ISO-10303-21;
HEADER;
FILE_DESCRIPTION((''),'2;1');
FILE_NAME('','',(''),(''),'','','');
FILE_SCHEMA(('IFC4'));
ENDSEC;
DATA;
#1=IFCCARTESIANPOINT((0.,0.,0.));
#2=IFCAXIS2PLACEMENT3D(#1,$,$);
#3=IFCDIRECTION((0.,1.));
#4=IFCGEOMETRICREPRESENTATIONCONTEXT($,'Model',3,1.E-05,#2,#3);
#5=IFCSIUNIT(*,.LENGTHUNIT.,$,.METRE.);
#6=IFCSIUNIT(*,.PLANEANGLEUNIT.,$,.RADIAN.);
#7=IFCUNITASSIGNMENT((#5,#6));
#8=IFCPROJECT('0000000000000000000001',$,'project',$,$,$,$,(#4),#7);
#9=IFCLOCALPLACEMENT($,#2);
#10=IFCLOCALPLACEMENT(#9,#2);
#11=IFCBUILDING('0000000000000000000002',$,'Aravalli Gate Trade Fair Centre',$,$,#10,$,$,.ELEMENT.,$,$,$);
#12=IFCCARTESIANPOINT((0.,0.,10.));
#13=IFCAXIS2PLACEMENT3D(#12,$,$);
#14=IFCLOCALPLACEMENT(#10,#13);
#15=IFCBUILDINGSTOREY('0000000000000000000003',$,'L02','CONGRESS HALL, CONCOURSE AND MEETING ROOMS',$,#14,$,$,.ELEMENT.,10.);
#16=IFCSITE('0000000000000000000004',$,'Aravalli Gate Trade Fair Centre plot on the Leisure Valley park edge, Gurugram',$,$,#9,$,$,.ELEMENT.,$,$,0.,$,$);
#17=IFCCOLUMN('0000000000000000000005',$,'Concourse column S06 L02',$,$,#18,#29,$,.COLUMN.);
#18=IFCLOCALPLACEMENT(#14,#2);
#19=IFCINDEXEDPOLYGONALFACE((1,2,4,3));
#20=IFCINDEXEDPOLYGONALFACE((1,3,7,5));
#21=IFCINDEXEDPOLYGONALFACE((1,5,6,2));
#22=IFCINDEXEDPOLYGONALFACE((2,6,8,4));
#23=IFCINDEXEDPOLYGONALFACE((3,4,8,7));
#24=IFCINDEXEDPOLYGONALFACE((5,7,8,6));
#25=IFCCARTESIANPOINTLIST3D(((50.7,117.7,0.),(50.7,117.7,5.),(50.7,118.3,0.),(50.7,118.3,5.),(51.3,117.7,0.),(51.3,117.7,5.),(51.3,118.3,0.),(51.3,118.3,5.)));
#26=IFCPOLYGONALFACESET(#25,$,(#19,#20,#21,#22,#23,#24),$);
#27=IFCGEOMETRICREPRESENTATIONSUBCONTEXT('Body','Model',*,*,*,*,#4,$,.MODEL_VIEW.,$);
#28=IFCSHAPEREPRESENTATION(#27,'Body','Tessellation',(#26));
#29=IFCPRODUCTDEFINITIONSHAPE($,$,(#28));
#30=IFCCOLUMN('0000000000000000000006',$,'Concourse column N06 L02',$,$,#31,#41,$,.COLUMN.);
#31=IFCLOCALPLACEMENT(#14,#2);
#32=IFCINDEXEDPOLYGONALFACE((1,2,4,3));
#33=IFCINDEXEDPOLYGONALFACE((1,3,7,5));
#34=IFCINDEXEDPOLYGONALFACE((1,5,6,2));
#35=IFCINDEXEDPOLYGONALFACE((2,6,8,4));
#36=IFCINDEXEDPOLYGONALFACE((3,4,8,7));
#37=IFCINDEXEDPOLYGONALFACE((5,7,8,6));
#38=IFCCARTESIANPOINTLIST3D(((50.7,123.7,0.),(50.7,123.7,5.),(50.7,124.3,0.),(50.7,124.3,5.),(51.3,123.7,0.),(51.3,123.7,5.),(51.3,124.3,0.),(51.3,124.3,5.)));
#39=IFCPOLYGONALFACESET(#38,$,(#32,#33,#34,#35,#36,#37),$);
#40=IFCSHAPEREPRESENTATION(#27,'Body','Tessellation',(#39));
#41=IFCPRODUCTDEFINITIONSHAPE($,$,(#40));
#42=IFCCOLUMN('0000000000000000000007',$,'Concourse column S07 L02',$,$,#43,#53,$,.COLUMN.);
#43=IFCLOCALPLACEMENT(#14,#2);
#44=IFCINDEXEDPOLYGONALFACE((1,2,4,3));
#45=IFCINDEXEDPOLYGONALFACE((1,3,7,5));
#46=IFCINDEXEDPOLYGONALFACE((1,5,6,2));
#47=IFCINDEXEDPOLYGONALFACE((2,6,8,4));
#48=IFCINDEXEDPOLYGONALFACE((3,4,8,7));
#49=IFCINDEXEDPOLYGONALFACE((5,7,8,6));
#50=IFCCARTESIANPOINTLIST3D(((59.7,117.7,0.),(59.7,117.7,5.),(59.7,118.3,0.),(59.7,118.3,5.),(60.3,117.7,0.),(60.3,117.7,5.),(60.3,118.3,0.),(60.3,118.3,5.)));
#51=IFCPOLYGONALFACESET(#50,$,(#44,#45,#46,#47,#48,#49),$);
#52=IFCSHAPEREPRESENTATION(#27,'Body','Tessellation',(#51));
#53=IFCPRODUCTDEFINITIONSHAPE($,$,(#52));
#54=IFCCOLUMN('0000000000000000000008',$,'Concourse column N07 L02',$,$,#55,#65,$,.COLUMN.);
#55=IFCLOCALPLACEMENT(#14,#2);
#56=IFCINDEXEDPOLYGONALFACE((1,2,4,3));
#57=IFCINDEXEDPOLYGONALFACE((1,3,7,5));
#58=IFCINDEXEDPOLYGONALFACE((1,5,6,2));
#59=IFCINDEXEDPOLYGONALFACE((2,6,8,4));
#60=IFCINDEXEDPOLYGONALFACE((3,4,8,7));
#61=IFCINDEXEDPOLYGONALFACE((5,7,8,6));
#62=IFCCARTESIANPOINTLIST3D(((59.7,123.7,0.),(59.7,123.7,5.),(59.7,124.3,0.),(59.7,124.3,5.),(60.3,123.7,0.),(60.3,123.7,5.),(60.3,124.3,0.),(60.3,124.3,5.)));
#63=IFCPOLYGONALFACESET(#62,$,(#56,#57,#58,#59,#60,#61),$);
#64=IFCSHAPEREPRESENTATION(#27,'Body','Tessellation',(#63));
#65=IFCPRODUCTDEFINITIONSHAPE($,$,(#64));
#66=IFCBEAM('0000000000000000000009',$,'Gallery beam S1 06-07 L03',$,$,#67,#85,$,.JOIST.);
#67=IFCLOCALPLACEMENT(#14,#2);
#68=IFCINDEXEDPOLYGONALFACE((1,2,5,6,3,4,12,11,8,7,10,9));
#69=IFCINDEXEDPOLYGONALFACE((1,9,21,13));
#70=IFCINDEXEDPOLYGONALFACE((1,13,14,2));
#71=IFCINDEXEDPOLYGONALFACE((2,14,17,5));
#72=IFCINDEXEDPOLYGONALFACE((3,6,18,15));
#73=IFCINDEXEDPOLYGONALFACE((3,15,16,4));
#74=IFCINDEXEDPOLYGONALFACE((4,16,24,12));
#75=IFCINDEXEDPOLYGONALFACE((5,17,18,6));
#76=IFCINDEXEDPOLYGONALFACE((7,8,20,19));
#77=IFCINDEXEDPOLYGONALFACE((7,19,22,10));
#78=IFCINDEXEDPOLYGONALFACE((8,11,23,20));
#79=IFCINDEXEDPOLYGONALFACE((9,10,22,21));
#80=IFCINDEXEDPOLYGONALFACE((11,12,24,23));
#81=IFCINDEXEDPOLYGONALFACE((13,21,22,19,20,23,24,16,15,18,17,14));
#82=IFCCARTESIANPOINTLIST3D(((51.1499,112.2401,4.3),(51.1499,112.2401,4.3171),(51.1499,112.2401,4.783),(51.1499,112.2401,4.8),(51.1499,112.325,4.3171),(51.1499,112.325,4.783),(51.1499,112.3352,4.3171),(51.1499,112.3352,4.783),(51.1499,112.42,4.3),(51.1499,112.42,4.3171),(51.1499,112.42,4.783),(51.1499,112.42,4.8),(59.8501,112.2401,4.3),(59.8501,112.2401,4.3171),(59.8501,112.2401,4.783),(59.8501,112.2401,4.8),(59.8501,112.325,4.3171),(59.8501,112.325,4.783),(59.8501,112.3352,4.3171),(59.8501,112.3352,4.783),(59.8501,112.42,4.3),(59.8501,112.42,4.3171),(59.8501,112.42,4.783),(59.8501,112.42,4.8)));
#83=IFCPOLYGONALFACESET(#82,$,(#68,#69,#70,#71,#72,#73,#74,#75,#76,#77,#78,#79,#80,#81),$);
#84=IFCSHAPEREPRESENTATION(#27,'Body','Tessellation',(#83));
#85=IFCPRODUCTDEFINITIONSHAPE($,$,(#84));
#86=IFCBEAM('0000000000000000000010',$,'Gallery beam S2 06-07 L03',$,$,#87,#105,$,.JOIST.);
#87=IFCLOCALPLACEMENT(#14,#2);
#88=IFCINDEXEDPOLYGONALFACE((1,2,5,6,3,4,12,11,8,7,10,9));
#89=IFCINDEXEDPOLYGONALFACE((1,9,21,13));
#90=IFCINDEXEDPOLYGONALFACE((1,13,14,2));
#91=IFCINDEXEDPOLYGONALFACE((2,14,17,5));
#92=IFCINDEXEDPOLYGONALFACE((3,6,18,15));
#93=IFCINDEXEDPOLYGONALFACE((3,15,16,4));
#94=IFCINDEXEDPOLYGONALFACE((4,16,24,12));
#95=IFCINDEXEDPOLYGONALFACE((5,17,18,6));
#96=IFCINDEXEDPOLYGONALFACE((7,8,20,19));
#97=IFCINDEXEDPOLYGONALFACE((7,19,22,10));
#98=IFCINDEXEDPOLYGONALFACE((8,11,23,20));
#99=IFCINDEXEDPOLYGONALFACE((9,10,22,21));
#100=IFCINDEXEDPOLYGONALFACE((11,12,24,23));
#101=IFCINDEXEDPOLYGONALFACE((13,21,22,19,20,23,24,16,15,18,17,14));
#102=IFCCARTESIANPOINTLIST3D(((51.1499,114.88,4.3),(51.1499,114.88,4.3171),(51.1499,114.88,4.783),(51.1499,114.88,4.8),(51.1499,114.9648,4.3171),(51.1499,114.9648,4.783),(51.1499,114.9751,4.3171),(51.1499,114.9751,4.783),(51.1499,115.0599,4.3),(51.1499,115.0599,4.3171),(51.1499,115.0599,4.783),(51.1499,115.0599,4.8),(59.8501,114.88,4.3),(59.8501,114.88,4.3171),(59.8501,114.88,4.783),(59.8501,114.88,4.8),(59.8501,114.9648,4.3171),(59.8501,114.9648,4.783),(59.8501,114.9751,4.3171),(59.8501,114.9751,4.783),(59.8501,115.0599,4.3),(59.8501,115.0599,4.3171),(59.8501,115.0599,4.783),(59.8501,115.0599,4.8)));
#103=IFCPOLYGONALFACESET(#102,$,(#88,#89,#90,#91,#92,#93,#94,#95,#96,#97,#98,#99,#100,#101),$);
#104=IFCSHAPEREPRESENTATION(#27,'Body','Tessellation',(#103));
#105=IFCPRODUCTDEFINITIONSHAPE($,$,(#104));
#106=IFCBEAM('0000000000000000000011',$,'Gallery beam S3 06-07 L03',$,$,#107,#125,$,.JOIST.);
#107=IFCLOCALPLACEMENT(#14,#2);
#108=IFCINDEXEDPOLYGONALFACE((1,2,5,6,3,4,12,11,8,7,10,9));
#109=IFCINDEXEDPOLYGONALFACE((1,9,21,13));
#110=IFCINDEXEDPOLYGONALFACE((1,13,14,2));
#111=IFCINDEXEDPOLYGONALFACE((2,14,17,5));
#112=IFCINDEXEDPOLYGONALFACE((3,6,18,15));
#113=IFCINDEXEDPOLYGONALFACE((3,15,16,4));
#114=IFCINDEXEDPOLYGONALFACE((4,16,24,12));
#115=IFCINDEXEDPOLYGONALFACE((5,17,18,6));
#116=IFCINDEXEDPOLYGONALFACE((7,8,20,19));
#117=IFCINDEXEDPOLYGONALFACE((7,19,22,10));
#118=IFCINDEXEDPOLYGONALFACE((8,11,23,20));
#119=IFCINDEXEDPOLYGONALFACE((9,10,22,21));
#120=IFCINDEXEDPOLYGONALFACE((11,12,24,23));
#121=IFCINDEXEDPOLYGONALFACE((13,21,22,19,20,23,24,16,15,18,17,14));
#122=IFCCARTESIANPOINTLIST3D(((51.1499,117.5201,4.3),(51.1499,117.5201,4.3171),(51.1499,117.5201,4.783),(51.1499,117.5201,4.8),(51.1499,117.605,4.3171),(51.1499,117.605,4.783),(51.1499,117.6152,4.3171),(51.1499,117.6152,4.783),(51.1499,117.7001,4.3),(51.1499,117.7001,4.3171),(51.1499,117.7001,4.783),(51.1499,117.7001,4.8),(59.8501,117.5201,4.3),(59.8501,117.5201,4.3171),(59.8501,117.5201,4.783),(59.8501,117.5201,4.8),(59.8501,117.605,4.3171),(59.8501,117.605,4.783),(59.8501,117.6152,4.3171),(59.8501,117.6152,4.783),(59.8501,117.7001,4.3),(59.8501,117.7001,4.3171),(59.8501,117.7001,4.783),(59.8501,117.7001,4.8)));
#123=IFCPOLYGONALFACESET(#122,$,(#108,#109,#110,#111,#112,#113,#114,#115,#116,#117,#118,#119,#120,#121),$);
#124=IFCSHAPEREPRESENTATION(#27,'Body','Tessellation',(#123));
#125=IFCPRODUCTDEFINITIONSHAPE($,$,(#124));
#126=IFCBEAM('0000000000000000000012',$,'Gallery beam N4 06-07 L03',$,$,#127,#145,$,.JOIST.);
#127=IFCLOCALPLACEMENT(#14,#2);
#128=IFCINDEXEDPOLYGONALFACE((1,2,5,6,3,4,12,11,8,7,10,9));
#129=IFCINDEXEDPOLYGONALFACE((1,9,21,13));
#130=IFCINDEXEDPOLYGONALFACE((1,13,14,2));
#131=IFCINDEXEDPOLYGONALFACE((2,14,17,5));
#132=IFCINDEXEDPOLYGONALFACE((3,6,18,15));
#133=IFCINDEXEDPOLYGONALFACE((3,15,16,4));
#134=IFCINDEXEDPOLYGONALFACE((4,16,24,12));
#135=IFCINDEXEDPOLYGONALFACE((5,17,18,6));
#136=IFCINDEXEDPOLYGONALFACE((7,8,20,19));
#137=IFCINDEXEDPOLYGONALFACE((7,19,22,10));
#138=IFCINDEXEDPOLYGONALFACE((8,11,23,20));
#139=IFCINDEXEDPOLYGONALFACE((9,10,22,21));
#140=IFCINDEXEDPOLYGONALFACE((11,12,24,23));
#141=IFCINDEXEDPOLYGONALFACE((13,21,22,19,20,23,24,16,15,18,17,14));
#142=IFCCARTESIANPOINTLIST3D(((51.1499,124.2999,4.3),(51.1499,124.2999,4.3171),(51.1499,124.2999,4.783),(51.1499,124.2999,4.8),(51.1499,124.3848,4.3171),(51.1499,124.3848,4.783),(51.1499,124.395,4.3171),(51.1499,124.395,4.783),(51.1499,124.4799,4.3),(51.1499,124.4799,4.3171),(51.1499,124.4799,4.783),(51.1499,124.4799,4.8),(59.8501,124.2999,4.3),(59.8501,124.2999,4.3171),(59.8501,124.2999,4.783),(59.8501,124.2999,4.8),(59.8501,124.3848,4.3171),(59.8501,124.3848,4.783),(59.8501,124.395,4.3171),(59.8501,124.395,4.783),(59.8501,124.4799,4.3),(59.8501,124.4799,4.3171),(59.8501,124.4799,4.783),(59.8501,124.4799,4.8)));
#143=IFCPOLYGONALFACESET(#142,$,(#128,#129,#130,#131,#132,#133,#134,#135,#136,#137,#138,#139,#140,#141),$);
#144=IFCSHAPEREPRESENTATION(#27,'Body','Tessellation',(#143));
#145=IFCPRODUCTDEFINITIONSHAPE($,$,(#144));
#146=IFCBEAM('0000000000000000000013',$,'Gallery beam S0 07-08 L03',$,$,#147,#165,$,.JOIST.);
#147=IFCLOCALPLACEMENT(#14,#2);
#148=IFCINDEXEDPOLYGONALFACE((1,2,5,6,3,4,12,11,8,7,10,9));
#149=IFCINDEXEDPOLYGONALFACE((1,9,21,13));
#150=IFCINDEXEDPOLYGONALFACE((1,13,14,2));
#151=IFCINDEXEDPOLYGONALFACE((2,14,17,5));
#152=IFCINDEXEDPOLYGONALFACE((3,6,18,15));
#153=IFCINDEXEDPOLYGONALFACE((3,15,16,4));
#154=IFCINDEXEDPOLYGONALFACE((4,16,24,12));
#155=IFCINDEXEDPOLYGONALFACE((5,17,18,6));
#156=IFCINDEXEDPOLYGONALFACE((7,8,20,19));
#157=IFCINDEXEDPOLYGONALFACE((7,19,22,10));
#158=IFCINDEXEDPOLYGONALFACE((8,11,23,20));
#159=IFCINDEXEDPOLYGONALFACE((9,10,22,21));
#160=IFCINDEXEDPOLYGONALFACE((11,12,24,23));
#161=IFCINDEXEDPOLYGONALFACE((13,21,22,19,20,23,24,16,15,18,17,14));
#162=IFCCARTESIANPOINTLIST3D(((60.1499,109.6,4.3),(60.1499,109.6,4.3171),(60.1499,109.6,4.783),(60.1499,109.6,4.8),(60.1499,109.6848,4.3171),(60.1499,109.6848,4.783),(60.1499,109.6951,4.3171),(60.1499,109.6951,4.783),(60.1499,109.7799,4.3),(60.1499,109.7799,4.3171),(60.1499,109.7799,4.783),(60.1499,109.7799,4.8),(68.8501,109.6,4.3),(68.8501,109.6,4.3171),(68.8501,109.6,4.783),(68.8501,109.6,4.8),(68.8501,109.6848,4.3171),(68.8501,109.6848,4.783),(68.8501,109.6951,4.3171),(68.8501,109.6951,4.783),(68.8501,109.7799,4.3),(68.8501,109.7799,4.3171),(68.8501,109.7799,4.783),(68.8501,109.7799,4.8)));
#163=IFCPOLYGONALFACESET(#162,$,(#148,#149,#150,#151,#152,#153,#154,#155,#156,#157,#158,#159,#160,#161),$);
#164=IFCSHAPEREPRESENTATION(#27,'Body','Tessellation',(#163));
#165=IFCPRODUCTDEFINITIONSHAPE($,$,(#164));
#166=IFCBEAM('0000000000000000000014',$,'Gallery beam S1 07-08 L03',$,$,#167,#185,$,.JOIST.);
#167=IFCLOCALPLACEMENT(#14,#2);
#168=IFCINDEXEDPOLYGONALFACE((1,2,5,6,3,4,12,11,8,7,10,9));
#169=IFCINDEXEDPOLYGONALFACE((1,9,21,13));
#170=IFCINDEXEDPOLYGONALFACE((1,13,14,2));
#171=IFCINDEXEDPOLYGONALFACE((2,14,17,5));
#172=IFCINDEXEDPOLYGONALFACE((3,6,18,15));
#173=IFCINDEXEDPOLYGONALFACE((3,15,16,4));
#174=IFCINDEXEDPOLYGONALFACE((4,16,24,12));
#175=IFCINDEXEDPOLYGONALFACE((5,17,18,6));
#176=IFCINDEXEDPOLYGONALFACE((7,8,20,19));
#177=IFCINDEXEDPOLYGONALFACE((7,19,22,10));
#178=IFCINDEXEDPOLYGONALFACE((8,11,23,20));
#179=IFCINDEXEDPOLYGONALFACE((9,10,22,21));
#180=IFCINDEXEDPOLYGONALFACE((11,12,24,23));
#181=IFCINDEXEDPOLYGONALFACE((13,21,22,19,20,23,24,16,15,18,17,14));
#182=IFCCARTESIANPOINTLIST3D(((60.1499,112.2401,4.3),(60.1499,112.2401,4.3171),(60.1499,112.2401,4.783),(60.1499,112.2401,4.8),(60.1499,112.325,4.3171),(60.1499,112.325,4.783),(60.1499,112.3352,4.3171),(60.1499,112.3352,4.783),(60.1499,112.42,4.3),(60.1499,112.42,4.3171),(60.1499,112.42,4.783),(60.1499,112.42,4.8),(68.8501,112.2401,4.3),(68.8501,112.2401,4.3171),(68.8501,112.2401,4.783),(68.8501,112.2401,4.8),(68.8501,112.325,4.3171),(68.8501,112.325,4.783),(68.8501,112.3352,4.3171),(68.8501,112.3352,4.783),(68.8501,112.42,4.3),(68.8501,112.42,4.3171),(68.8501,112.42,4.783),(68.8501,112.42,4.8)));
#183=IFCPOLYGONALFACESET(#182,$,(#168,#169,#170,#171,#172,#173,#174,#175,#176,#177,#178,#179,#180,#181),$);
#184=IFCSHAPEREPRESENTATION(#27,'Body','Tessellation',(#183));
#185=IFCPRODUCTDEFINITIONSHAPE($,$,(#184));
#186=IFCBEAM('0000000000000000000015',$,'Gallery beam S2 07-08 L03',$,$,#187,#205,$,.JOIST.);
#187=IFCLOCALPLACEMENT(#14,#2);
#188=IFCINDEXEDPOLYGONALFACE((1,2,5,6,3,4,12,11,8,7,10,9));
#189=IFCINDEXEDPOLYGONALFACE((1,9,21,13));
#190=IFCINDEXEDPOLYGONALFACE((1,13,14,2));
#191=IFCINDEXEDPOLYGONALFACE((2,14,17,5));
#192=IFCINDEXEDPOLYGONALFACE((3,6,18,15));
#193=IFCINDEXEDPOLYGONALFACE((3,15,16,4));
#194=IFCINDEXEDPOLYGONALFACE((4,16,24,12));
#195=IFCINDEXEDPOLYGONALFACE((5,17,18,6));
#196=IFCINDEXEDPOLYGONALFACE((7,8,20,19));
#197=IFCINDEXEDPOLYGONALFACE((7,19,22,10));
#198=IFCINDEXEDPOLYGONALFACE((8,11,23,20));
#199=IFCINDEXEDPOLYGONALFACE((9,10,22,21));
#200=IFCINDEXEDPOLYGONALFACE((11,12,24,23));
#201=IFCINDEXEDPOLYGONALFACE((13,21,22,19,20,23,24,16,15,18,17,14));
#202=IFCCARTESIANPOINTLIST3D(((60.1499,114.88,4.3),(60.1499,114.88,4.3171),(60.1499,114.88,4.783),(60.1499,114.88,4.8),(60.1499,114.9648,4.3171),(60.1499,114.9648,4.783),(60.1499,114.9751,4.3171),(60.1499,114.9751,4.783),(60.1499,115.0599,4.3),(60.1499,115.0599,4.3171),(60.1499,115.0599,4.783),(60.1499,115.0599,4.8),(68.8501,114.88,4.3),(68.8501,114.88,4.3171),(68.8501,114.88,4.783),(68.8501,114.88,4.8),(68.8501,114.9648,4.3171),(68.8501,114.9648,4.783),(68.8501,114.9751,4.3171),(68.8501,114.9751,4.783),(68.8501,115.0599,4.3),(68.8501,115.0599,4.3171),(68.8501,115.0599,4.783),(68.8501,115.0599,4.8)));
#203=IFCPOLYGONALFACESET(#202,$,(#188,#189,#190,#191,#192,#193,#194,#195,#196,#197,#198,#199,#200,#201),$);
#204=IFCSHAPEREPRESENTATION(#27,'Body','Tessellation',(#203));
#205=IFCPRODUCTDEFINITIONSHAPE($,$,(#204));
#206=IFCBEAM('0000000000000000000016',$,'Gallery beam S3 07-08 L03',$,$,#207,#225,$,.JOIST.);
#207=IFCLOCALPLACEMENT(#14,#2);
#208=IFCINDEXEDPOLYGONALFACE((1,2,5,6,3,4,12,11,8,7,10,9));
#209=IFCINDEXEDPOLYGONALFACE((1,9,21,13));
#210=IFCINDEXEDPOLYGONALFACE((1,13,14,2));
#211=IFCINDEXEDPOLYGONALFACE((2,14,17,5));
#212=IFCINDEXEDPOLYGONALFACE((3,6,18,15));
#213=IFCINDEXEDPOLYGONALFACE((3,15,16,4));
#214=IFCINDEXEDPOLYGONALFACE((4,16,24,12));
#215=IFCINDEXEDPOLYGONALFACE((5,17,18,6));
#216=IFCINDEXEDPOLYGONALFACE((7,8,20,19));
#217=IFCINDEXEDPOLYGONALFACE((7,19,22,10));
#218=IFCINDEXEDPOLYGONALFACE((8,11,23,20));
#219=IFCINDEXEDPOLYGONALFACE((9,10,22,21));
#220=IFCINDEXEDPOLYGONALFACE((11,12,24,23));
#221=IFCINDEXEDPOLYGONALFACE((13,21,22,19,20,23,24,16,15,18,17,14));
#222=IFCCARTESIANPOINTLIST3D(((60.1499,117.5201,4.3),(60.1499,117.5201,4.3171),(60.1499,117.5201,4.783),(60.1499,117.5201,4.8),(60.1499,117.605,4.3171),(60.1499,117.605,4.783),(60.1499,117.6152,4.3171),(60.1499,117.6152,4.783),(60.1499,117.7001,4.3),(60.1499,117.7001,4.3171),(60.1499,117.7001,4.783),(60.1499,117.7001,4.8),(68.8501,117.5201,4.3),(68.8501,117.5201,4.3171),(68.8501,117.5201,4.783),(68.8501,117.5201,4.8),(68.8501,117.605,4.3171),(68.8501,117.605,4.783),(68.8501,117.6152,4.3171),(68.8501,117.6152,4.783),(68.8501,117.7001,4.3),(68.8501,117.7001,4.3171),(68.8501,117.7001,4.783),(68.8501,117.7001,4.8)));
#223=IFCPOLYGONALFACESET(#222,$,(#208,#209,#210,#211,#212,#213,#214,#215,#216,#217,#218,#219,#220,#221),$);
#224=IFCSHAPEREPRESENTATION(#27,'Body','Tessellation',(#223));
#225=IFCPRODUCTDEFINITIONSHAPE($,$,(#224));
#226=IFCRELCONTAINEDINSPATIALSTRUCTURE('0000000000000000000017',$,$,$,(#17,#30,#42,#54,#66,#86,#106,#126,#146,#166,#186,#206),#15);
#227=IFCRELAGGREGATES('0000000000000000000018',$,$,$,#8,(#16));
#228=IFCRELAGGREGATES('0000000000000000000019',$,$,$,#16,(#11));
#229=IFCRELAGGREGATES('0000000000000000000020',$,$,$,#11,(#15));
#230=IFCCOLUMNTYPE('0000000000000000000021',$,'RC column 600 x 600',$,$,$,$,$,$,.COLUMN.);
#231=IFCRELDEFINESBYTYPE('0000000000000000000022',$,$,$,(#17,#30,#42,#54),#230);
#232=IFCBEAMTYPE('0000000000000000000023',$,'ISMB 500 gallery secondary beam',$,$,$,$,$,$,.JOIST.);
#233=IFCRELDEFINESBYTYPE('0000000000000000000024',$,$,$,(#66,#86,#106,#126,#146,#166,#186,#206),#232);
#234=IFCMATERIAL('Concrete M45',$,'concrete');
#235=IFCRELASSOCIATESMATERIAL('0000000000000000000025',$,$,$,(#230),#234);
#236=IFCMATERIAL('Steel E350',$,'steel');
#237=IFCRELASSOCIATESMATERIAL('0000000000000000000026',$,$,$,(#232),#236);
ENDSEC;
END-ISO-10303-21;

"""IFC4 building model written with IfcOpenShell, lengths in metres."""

from ifc_helpers import new_model, si_unit, direction, frame, origin, origin_2d, place, context, subcontext, project, spatial, rectangle, i_section, extrude, material, material_profile, profile_set, type_object, element, save


model = new_model("IFC4")

# Units and contexts
model_context = context("Model", 3, precision=1e-05, world=origin(), true_north=direction((0.0, 1.0)))
body_context = subcontext(model_context, "Body", "Model", "MODEL_VIEW")
ifc_project = project(units=[si_unit("LENGTHUNIT", "METRE"), si_unit("PLANEANGLEUNIT", "RADIAN")], contexts=[model_context])

# Site, building, storey
site_placement = place(None, origin())
site = spatial("IfcSite", under=ifc_project, at=site_placement, Name="Aravalli Gate Trade Fair Centre plot on the Leisure Valley park edge, Gurugram", CompositionType="ELEMENT", RefElevation=0.0)
building_placement = place(site_placement, origin())
building = spatial("IfcBuilding", under=site, at=building_placement, Name="Aravalli Gate Trade Fair Centre", CompositionType="ELEMENT")
storey_placement = place(building_placement, frame((0.0, 0.0, 10.0)))
storey = spatial("IfcBuildingStorey", under=building, at=storey_placement, Name="L02", Description="CONGRESS HALL, CONCOURSE AND MEETING ROOMS", CompositionType="ELEMENT", Elevation=10.0)

# Columns
ifc_material_1 = material(Name="Concrete M45", Category="concrete")
ifc_material_profile_1 = material_profile(ifc_material_1, rectangle(XDim=0.6001, YDim=0.6001, at=origin_2d()), Name="RC column 600 x 600")
ifc_profile_set_1 = profile_set([ifc_material_profile_1], Name="Concrete M45")
column_type = type_object("IfcColumnType", Name="RC column 600 x 600", PredefinedType="COLUMN", material=ifc_profile_set_1)
for number, where, z_axis, x_axis, name in (
    (1, (51.0, 118.0, 0.0), (0.0, 0.0, 1.0), (1.0, 0.0, 0.0), "Concourse column S06 L02"),
    (2, (51.0, 124.0, 0.0), (0.0, 0.0, 1.0), (1.0, 0.0, 0.0), "Concourse column N06 L02"),
    (3, (60.0, 118.0, 0.0), (0.0, 0.0, 1.0), (1.0, 0.0, 0.0), "Concourse column S07 L02"),
    (4, (60.0, 124.0, 0.0), (0.0, 0.0, 1.0), (1.0, 0.0, 0.0), "Concourse column N07 L02"),
):
    element("IfcColumn", number, at=place(storey_placement, frame(where, z_axis=z_axis, x_axis=x_axis)), inside=storey, type_object=column_type, Name=name, PredefinedType="COLUMN", context=body_context, shape_type="SweptSolid", body=[
        extrude(rectangle(XDim=0.6001, YDim=0.6001, at=origin_2d()), origin(), (0.0, 0.0, 1.0), 5.0),
    ])

# Beams
ifc_material_2 = material(Name="Steel E350", Category="steel")
ifc_material_profile_2 = material_profile(ifc_material_2, i_section(OverallWidth=0.1799, OverallDepth=0.5, WebThickness=0.0103, FlangeThickness=0.0171, at=origin_2d()), Name="ISMB 500")
ifc_profile_set_2 = profile_set([ifc_material_profile_2], Name="Steel E350")
beam_type_1 = type_object("IfcBeamType", Name="ISMB 500 gallery secondary beam", PredefinedType="JOIST", material=ifc_profile_set_2)
for number, where, z_axis, x_axis, name in (
    (5, (51.1499, 112.3301, 4.55), (1.0, 0.0, 0.0), (0.0, 1.0, 0.0), "Gallery beam S1 06-07 L03"),
    (6, (51.1499, 114.97, 4.55), (1.0, 0.0, 0.0), (0.0, 1.0, 0.0), "Gallery beam S2 06-07 L03"),
    (7, (51.1499, 117.6101, 4.55), (1.0, 0.0, 0.0), (0.0, 1.0, 0.0), "Gallery beam S3 06-07 L03"),
    (8, (51.1499, 124.3899, 4.55), (1.0, 0.0, 0.0), (0.0, 1.0, 0.0), "Gallery beam N4 06-07 L03"),
    (9, (60.1499, 109.6899, 4.55), (1.0, 0.0, 0.0), (0.0, 1.0, 0.0), "Gallery beam S0 07-08 L03"),
    (10, (60.1499, 112.3301, 4.55), (1.0, 0.0, 0.0), (0.0, 1.0, 0.0), "Gallery beam S1 07-08 L03"),
    (11, (60.1499, 114.97, 4.55), (1.0, 0.0, 0.0), (0.0, 1.0, 0.0), "Gallery beam S2 07-08 L03"),
    (12, (60.1499, 117.6101, 4.55), (1.0, 0.0, 0.0), (0.0, 1.0, 0.0), "Gallery beam S3 07-08 L03"),
):
    element("IfcBeam", number, at=place(storey_placement, frame(where, z_axis=z_axis, x_axis=x_axis)), inside=storey, type_object=beam_type_1, Name=name, PredefinedType="JOIST", context=body_context, shape_type="SweptSolid", body=[
        extrude(i_section(OverallWidth=0.1799, OverallDepth=0.5, WebThickness=0.0103, FlangeThickness=0.0171, at=origin_2d()), origin(), (0.0, 0.0, 1.0), 8.7002),
    ])

save(model, "model.ifc")
